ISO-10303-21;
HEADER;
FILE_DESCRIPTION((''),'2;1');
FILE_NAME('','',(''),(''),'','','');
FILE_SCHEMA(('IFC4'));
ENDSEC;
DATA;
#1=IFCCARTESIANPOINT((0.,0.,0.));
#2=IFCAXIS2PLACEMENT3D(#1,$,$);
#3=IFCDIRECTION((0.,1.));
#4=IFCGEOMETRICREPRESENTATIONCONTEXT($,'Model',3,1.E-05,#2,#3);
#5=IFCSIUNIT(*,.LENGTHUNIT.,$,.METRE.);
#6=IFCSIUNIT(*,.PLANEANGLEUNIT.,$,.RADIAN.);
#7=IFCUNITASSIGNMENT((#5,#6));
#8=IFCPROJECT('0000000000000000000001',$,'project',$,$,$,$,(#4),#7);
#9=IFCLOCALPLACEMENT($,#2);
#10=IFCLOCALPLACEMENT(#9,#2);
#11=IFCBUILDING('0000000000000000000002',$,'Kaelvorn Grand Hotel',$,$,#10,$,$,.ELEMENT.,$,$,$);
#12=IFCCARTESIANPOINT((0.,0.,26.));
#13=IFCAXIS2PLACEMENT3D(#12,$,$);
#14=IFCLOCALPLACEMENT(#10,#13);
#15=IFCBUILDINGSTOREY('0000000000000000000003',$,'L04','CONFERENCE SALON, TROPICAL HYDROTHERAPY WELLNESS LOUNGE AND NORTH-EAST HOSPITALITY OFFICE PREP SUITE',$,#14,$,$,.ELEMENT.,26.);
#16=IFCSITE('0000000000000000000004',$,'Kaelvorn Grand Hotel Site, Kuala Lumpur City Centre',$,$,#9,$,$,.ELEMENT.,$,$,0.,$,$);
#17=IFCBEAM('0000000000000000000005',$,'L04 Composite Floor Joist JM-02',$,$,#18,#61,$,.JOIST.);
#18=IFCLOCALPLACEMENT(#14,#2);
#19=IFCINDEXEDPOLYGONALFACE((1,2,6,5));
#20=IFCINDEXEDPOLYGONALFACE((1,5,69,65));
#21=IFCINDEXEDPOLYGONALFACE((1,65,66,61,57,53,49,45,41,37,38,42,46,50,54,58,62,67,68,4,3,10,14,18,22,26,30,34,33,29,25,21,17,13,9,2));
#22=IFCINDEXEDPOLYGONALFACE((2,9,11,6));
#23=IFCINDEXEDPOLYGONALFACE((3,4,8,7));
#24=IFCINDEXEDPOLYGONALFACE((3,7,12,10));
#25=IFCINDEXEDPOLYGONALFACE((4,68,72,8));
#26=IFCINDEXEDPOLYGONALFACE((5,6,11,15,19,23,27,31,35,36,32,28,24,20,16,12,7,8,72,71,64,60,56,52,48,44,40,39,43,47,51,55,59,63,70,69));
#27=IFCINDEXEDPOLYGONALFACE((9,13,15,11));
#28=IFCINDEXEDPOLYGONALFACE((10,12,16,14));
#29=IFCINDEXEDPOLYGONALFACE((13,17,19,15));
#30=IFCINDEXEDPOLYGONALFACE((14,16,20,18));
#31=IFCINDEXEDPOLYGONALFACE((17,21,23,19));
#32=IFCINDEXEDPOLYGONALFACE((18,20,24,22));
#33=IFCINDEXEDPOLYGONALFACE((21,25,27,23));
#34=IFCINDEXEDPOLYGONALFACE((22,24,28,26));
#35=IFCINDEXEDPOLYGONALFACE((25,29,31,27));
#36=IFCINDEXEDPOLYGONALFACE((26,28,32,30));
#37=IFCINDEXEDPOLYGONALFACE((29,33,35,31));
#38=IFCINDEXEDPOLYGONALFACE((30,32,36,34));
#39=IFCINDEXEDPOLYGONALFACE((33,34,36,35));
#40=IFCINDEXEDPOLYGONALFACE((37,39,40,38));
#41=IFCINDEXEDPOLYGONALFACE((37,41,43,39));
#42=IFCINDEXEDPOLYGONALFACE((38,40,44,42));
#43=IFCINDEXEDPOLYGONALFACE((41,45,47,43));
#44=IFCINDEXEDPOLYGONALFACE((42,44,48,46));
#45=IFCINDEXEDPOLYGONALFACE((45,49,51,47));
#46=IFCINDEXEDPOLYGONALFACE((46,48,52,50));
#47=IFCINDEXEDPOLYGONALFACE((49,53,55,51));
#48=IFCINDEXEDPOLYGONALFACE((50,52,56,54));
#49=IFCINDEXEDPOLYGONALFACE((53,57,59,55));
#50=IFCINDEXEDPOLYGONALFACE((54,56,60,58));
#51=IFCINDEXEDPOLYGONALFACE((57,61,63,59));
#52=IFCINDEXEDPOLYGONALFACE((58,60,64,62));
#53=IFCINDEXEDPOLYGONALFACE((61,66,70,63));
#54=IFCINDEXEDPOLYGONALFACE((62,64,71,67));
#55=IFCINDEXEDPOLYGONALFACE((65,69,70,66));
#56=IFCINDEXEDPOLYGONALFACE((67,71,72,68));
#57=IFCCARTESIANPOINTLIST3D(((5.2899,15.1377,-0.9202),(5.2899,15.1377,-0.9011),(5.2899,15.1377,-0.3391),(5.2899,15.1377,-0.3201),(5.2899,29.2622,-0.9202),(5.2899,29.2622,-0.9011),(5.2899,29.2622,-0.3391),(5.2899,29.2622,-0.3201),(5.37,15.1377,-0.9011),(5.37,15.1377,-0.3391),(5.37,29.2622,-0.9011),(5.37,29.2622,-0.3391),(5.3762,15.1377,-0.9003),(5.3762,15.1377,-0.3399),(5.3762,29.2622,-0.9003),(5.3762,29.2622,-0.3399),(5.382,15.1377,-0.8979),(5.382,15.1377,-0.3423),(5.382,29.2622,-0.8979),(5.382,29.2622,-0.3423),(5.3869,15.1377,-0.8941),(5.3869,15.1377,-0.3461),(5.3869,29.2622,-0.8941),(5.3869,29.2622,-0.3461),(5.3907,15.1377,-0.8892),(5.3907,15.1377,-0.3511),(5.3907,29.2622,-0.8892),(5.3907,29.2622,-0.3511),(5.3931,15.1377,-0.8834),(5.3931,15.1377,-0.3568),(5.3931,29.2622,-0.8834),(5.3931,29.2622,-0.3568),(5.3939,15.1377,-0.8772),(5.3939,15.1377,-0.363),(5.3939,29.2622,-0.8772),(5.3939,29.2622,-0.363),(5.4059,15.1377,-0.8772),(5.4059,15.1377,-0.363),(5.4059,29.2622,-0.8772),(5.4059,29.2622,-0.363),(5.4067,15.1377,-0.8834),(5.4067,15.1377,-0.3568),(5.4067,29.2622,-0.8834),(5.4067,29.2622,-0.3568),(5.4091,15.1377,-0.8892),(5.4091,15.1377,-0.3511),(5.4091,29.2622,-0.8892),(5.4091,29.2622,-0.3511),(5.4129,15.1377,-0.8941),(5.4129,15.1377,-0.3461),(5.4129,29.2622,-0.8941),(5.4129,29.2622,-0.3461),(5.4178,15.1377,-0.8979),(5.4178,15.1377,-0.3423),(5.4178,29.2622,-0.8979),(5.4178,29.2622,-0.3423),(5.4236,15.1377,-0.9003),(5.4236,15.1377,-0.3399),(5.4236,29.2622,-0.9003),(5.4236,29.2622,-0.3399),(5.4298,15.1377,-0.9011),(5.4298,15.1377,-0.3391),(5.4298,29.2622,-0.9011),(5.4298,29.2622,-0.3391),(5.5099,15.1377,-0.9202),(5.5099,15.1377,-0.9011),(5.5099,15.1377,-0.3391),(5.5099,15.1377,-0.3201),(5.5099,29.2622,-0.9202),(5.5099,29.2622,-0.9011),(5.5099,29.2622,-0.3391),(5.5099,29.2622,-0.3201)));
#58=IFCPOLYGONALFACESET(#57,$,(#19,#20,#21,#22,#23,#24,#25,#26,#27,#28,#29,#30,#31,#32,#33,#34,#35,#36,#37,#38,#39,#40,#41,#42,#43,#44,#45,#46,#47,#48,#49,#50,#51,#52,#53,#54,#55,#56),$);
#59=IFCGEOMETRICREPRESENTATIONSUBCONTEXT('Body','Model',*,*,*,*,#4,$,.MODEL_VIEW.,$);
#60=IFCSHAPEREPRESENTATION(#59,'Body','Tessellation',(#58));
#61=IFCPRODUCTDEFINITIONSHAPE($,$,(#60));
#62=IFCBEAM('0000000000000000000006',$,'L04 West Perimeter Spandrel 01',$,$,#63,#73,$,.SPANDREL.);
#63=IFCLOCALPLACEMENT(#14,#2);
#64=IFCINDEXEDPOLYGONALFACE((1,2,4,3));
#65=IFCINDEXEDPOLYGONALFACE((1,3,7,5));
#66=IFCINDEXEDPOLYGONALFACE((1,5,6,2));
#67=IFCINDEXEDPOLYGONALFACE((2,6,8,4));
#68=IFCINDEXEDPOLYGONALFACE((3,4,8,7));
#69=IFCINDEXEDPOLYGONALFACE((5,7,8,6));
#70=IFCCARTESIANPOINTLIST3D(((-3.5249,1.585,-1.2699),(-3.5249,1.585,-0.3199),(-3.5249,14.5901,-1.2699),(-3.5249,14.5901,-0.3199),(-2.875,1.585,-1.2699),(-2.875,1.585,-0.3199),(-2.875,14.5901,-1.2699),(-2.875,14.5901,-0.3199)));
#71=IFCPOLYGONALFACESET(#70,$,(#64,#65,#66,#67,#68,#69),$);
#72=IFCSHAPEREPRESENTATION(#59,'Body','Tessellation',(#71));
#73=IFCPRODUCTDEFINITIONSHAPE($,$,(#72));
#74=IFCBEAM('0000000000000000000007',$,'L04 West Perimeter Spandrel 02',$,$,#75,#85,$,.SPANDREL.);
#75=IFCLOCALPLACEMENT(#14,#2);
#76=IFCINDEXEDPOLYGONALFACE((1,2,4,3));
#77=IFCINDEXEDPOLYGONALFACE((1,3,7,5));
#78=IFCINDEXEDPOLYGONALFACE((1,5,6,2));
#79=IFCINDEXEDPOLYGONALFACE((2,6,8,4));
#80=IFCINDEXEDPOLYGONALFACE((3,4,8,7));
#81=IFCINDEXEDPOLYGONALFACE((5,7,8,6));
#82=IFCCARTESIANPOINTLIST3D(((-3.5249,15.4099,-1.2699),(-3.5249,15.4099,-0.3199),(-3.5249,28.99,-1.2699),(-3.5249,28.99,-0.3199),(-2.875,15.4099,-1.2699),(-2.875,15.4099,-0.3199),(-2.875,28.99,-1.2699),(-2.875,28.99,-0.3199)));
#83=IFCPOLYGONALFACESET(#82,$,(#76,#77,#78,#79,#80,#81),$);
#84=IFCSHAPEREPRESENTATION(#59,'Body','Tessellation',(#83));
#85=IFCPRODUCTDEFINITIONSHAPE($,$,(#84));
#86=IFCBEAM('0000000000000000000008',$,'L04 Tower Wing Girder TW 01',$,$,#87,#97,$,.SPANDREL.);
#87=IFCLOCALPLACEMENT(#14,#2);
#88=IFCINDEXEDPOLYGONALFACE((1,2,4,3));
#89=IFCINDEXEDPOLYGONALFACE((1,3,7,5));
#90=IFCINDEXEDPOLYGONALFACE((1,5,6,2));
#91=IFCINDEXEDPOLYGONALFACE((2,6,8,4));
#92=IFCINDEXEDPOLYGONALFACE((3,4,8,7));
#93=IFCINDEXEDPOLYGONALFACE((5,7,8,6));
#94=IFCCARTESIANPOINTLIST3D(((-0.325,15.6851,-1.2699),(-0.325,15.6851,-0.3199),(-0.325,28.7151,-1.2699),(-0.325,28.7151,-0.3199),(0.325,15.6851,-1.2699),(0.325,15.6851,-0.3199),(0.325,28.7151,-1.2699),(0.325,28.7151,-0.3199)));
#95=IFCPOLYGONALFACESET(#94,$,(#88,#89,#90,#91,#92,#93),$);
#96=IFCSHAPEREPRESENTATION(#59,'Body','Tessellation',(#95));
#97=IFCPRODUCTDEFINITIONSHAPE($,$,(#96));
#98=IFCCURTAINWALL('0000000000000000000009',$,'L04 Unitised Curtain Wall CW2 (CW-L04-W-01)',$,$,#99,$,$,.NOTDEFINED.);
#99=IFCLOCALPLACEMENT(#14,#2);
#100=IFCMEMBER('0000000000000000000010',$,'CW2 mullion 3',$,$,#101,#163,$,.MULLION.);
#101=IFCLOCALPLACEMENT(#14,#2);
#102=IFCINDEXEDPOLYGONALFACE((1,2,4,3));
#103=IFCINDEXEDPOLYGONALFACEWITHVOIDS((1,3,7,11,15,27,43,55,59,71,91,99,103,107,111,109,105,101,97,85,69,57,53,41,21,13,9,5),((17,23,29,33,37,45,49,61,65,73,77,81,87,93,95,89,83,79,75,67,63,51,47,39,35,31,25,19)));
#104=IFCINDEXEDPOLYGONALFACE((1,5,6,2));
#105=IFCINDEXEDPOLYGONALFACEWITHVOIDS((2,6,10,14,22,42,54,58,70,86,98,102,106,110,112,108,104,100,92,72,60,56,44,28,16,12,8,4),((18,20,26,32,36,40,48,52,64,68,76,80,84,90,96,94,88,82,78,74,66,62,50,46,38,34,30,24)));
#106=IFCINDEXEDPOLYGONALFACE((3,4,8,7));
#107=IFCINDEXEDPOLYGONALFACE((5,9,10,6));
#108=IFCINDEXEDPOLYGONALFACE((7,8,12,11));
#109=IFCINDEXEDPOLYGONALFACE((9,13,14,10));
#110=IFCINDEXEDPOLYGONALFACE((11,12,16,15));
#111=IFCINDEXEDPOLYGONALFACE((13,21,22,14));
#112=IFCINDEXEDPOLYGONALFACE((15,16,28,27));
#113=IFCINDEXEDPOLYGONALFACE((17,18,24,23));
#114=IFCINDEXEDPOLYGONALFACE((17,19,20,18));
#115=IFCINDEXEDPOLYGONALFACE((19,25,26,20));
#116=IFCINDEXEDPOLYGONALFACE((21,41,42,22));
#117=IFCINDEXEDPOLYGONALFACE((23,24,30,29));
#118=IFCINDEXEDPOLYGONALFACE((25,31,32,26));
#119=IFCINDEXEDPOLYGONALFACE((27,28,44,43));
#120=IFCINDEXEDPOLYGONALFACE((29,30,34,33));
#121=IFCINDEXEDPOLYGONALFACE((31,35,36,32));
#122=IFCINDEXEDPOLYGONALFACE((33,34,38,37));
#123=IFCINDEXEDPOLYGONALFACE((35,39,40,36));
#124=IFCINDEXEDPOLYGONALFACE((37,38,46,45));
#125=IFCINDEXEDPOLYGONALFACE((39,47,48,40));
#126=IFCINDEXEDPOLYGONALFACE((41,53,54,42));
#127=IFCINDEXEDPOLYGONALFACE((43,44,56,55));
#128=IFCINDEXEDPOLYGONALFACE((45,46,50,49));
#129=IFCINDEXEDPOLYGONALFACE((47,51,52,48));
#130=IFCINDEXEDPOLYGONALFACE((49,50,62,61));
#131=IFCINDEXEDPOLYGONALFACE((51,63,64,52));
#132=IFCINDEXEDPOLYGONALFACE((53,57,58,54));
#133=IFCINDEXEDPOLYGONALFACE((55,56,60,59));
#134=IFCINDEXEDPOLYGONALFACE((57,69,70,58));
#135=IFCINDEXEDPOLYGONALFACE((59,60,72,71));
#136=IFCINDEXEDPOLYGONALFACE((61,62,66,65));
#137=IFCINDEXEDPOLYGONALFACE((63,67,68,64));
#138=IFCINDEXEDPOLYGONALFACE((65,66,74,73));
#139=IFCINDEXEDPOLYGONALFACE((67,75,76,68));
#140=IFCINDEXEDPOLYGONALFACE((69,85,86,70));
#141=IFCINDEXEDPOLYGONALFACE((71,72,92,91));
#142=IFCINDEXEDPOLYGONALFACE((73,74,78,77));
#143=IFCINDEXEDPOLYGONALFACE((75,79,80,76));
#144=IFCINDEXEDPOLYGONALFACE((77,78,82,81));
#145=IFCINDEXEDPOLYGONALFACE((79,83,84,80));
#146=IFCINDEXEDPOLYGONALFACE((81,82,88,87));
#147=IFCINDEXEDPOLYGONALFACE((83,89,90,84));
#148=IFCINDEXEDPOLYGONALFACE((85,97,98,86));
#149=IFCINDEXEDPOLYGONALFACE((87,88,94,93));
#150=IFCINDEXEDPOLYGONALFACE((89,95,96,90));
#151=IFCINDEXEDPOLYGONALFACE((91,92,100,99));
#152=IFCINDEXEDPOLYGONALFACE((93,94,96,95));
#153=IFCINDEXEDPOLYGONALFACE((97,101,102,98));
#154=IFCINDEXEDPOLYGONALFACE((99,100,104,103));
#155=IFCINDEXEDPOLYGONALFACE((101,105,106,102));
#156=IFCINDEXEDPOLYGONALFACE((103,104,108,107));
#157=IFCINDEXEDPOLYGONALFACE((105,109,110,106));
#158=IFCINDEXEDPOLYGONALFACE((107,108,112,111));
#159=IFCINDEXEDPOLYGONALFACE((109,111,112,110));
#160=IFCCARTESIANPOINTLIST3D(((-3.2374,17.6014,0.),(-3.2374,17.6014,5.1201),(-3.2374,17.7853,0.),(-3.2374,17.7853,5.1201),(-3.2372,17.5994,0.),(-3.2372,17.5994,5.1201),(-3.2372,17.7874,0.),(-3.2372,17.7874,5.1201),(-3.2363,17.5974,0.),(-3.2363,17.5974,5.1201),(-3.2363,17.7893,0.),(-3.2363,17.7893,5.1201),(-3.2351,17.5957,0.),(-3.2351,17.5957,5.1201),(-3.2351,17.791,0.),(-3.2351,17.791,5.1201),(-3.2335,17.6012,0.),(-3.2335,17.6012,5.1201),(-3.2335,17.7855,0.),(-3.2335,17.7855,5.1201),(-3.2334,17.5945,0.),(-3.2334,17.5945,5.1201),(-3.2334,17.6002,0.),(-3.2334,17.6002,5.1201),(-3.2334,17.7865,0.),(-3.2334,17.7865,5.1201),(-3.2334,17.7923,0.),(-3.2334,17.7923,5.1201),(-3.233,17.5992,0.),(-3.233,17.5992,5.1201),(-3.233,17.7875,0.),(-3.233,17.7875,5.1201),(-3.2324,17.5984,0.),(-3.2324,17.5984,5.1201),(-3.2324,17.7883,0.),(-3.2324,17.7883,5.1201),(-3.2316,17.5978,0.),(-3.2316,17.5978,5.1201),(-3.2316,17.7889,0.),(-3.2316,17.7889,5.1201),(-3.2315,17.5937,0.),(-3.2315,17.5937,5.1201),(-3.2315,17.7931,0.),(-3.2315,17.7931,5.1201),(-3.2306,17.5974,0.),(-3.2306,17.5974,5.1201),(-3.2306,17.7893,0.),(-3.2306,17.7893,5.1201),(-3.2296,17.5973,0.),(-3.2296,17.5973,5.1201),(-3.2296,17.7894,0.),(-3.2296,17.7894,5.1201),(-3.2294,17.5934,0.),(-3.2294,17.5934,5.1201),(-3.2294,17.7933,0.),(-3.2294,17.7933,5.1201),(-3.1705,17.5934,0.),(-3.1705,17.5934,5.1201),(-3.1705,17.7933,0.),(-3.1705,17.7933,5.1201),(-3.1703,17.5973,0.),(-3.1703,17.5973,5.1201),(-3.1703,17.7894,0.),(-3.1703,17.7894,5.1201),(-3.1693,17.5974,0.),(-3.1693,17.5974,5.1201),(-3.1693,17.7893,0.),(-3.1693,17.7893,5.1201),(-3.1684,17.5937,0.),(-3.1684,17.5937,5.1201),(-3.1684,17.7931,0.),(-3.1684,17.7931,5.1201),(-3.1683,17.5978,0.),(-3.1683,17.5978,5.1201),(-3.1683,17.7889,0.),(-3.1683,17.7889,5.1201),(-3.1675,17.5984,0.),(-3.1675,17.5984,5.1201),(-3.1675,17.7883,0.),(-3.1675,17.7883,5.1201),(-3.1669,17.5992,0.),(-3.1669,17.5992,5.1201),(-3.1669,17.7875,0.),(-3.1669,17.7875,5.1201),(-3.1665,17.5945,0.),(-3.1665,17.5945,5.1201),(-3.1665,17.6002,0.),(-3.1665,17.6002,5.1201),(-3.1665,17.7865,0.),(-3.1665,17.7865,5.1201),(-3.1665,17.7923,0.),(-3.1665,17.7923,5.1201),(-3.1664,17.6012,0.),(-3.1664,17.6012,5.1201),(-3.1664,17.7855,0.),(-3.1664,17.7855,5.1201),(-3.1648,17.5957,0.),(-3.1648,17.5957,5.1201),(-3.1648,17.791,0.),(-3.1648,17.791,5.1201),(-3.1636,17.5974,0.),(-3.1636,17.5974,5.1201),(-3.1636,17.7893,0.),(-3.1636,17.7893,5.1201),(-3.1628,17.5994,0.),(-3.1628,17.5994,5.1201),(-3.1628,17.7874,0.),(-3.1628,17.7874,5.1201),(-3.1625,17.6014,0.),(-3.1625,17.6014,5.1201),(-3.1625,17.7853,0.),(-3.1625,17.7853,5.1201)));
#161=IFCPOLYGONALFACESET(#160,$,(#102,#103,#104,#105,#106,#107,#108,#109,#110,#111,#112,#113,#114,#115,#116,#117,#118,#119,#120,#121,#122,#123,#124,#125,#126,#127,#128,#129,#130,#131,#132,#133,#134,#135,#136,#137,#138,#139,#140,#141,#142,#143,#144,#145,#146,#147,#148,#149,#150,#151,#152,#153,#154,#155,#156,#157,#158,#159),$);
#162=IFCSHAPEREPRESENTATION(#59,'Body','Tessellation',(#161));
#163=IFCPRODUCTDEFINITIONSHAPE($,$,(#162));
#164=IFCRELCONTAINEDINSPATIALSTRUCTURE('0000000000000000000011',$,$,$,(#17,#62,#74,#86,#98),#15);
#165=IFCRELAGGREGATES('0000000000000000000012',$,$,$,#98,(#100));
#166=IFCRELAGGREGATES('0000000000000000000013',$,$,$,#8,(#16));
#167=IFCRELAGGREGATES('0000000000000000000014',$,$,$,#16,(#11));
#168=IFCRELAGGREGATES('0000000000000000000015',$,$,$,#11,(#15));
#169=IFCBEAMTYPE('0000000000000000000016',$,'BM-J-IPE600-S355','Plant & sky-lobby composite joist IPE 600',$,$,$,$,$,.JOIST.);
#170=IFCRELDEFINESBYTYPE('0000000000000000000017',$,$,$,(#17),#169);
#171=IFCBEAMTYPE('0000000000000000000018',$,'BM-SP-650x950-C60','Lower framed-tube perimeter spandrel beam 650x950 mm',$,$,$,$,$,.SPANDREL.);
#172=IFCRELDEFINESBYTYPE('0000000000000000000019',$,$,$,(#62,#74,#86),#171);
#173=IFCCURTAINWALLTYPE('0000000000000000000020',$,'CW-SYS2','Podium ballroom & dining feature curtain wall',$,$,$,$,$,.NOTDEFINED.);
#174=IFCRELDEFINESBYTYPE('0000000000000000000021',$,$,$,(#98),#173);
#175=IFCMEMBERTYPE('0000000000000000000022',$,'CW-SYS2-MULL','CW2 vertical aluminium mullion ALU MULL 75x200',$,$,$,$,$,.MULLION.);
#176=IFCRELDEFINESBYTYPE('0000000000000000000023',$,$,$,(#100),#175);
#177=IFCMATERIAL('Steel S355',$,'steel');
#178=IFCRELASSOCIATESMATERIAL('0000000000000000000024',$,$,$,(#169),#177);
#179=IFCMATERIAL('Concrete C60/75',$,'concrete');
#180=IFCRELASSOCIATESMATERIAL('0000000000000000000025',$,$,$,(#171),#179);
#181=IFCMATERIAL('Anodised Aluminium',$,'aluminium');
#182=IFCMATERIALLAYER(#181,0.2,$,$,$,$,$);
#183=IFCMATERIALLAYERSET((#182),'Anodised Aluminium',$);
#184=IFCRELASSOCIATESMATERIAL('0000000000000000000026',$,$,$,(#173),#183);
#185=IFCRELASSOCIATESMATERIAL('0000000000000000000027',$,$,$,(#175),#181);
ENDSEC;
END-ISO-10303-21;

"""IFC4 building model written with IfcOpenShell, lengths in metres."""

from ifc_helpers import new_model, si_unit, direction, frame, origin, origin_2d, place, context, subcontext, project, spatial, rectangle, hollow_rectangle, i_section, extrude, material, layer, layer_set, material_profile, profile_set, type_object, element, aggregate, save


model = new_model("IFC4")

# Units and contexts
model_context = context("Model", 3, precision=1e-05, world=origin(), true_north=direction((0.0, 1.0)))
body_context = subcontext(model_context, "Body", "Model", "MODEL_VIEW")
ifc_project = project(units=[si_unit("LENGTHUNIT", "METRE"), si_unit("PLANEANGLEUNIT", "RADIAN")], contexts=[model_context])

# Site, building, storey
site_placement = place(None, origin())
site = spatial("IfcSite", under=ifc_project, at=site_placement, Name="Kaelvorn Grand Hotel Site, Kuala Lumpur City Centre", CompositionType="ELEMENT", RefElevation=0.0)
building_placement = place(site_placement, origin())
building = spatial("IfcBuilding", under=site, at=building_placement, Name="Kaelvorn Grand Hotel", CompositionType="ELEMENT")
storey_placement = place(building_placement, frame((0.0, 0.0, 26.0)))
storey = spatial("IfcBuildingStorey", under=building, at=storey_placement, Name="L04", Description="CONFERENCE SALON, TROPICAL HYDROTHERAPY WELLNESS LOUNGE AND NORTH-EAST HOSPITALITY OFFICE PREP SUITE", CompositionType="ELEMENT", Elevation=26.0)

# Beams
ifc_material_1 = material(Name="Steel S355", Category="steel")
ifc_material_profile_1 = material_profile(ifc_material_1, i_section(OverallWidth=0.22, OverallDepth=0.6001, WebThickness=0.012, FlangeThickness=0.019, FilletRadius=0.0239, at=origin_2d()), Name="IPE 600")
ifc_profile_set_1 = profile_set([ifc_material_profile_1], Name="Steel S355")
beam_type_1 = type_object("IfcBeamType", Name="BM-J-IPE600-S355", Description="Plant & sky-lobby composite joist IPE 600", PredefinedType="JOIST", material=ifc_profile_set_1)
for number, where, z_axis, x_axis, name in (
    (1, (5.3999, 15.1377, -0.6201), (0.0, 1.0, 0.0), (-1.0, 0.0, 0.0), "L04 Composite Floor Joist JM-02"),
):
    element("IfcBeam", number, at=place(storey_placement, frame(where, z_axis=z_axis, x_axis=x_axis)), inside=storey, type_object=beam_type_1, Name=name, PredefinedType="JOIST", context=body_context, shape_type="SweptSolid", body=[
        extrude(i_section(OverallWidth=0.22, OverallDepth=0.6001, WebThickness=0.012, FlangeThickness=0.019, FilletRadius=0.0239, at=origin_2d()), origin(), (0.0, 0.0, 1.0), 14.1245),
    ])
ifc_material_2 = material(Name="Concrete C60/75", Category="concrete")
ifc_material_profile_2 = material_profile(ifc_material_2, rectangle(XDim=0.6499, YDim=0.95, at=origin_2d()), Name="RC SPANDREL 650x950")
ifc_profile_set_2 = profile_set([ifc_material_profile_2], Name="Concrete C60/75")
beam_type_2 = type_object("IfcBeamType", Name="BM-SP-650x950-C60", Description="Lower framed-tube perimeter spandrel beam 650x950 mm", PredefinedType="SPANDREL", material=ifc_profile_set_2)
beam_1_placement = place(storey_placement, frame((-3.2, 1.585, -0.7949), z_axis=(0.0, 1.0, 0.0), x_axis=(-1.0, 0.0, 0.0)))
element("IfcBeam", 2, at=beam_1_placement, inside=storey, type_object=beam_type_2, Name="L04 West Perimeter Spandrel 01", PredefinedType="SPANDREL", context=body_context, shape_type="SweptSolid", body=[
    extrude(rectangle(XDim=0.6499, YDim=0.95, at=origin_2d()), origin(), (0.0, 0.0, 1.0), 13.0051),
])
beam_2_placement = place(storey_placement, frame((-3.2, 15.4099, -0.7949), z_axis=(0.0, 1.0, 0.0), x_axis=(-1.0, 0.0, 0.0)))
element("IfcBeam", 3, at=beam_2_placement, inside=storey, type_object=beam_type_2, Name="L04 West Perimeter Spandrel 02", PredefinedType="SPANDREL", context=body_context, shape_type="SweptSolid", body=[
    extrude(rectangle(XDim=0.6499, YDim=0.95, at=origin_2d()), origin(), (0.0, 0.0, 1.0), 13.5801),
])
beam_3_placement = place(storey_placement, frame((0.0, 15.6851, -0.7949), z_axis=(0.0, 1.0, 0.0), x_axis=(-1.0, 0.0, 0.0)))
element("IfcBeam", 4, at=beam_3_placement, inside=storey, type_object=beam_type_2, Name="L04 Tower Wing Girder TW 01", PredefinedType="SPANDREL", context=body_context, shape_type="SweptSolid", body=[
    extrude(rectangle(XDim=0.6499, YDim=0.95, at=origin_2d()), origin(), (0.0, 0.0, 1.0), 13.03),
])

# Curtain wall, member
ifc_material_3 = material(Name="Anodised Aluminium", Category="aluminium")
ifc_layer_1 = layer(ifc_material_3, 0.2)
ifc_layer_set_1 = layer_set([ifc_layer_1], Name="Anodised Aluminium")
curtain_wall_type = type_object("IfcCurtainWallType", Name="CW-SYS2", Description="Podium ballroom & dining feature curtain wall", PredefinedType="NOTDEFINED", material=ifc_layer_set_1)
curtain_wall_placement = place(storey_placement, origin())
curtain_wall = element("IfcCurtainWall", 5, at=curtain_wall_placement, inside=storey, type_object=curtain_wall_type, Name="L04 Unitised Curtain Wall CW2 (CW-L04-W-01)", PredefinedType="NOTDEFINED")
ifc_material_profile_3 = material_profile(ifc_material_3, hollow_rectangle(XDim=0.075, YDim=0.2, WallThickness=0.0039, InnerFilletRadius=0.0039, OuterFilletRadius=0.0081, at=origin_2d()), Name="ALU MULL 75x200")
ifc_profile_set_3 = profile_set([ifc_material_profile_3], Name="Anodised Aluminium")
member_type_1 = type_object("IfcMemberType", Name="CW-SYS2-MULL", Description="CW2 vertical aluminium mullion ALU MULL 75x200", PredefinedType="MULLION", material=ifc_profile_set_3)
member_1_placement = place(storey_placement, frame((-3.2, 17.6934, 0.0), z_axis=(0.0, 0.0, 1.0), x_axis=(1.0, 0.0, 0.0)))
member_1 = element("IfcMember", 6, at=member_1_placement, type_object=member_type_1, Name="CW2 mullion 3", PredefinedType="MULLION", context=body_context, shape_type="SweptSolid", body=[
    extrude(hollow_rectangle(XDim=0.075, YDim=0.2, WallThickness=0.0039, InnerFilletRadius=0.0039, OuterFilletRadius=0.0081, at=origin_2d()), origin(), (0.0, 0.0, 1.0), 5.1201),
])
aggregate(curtain_wall, [member_1])

save(model, "model.ifc")
